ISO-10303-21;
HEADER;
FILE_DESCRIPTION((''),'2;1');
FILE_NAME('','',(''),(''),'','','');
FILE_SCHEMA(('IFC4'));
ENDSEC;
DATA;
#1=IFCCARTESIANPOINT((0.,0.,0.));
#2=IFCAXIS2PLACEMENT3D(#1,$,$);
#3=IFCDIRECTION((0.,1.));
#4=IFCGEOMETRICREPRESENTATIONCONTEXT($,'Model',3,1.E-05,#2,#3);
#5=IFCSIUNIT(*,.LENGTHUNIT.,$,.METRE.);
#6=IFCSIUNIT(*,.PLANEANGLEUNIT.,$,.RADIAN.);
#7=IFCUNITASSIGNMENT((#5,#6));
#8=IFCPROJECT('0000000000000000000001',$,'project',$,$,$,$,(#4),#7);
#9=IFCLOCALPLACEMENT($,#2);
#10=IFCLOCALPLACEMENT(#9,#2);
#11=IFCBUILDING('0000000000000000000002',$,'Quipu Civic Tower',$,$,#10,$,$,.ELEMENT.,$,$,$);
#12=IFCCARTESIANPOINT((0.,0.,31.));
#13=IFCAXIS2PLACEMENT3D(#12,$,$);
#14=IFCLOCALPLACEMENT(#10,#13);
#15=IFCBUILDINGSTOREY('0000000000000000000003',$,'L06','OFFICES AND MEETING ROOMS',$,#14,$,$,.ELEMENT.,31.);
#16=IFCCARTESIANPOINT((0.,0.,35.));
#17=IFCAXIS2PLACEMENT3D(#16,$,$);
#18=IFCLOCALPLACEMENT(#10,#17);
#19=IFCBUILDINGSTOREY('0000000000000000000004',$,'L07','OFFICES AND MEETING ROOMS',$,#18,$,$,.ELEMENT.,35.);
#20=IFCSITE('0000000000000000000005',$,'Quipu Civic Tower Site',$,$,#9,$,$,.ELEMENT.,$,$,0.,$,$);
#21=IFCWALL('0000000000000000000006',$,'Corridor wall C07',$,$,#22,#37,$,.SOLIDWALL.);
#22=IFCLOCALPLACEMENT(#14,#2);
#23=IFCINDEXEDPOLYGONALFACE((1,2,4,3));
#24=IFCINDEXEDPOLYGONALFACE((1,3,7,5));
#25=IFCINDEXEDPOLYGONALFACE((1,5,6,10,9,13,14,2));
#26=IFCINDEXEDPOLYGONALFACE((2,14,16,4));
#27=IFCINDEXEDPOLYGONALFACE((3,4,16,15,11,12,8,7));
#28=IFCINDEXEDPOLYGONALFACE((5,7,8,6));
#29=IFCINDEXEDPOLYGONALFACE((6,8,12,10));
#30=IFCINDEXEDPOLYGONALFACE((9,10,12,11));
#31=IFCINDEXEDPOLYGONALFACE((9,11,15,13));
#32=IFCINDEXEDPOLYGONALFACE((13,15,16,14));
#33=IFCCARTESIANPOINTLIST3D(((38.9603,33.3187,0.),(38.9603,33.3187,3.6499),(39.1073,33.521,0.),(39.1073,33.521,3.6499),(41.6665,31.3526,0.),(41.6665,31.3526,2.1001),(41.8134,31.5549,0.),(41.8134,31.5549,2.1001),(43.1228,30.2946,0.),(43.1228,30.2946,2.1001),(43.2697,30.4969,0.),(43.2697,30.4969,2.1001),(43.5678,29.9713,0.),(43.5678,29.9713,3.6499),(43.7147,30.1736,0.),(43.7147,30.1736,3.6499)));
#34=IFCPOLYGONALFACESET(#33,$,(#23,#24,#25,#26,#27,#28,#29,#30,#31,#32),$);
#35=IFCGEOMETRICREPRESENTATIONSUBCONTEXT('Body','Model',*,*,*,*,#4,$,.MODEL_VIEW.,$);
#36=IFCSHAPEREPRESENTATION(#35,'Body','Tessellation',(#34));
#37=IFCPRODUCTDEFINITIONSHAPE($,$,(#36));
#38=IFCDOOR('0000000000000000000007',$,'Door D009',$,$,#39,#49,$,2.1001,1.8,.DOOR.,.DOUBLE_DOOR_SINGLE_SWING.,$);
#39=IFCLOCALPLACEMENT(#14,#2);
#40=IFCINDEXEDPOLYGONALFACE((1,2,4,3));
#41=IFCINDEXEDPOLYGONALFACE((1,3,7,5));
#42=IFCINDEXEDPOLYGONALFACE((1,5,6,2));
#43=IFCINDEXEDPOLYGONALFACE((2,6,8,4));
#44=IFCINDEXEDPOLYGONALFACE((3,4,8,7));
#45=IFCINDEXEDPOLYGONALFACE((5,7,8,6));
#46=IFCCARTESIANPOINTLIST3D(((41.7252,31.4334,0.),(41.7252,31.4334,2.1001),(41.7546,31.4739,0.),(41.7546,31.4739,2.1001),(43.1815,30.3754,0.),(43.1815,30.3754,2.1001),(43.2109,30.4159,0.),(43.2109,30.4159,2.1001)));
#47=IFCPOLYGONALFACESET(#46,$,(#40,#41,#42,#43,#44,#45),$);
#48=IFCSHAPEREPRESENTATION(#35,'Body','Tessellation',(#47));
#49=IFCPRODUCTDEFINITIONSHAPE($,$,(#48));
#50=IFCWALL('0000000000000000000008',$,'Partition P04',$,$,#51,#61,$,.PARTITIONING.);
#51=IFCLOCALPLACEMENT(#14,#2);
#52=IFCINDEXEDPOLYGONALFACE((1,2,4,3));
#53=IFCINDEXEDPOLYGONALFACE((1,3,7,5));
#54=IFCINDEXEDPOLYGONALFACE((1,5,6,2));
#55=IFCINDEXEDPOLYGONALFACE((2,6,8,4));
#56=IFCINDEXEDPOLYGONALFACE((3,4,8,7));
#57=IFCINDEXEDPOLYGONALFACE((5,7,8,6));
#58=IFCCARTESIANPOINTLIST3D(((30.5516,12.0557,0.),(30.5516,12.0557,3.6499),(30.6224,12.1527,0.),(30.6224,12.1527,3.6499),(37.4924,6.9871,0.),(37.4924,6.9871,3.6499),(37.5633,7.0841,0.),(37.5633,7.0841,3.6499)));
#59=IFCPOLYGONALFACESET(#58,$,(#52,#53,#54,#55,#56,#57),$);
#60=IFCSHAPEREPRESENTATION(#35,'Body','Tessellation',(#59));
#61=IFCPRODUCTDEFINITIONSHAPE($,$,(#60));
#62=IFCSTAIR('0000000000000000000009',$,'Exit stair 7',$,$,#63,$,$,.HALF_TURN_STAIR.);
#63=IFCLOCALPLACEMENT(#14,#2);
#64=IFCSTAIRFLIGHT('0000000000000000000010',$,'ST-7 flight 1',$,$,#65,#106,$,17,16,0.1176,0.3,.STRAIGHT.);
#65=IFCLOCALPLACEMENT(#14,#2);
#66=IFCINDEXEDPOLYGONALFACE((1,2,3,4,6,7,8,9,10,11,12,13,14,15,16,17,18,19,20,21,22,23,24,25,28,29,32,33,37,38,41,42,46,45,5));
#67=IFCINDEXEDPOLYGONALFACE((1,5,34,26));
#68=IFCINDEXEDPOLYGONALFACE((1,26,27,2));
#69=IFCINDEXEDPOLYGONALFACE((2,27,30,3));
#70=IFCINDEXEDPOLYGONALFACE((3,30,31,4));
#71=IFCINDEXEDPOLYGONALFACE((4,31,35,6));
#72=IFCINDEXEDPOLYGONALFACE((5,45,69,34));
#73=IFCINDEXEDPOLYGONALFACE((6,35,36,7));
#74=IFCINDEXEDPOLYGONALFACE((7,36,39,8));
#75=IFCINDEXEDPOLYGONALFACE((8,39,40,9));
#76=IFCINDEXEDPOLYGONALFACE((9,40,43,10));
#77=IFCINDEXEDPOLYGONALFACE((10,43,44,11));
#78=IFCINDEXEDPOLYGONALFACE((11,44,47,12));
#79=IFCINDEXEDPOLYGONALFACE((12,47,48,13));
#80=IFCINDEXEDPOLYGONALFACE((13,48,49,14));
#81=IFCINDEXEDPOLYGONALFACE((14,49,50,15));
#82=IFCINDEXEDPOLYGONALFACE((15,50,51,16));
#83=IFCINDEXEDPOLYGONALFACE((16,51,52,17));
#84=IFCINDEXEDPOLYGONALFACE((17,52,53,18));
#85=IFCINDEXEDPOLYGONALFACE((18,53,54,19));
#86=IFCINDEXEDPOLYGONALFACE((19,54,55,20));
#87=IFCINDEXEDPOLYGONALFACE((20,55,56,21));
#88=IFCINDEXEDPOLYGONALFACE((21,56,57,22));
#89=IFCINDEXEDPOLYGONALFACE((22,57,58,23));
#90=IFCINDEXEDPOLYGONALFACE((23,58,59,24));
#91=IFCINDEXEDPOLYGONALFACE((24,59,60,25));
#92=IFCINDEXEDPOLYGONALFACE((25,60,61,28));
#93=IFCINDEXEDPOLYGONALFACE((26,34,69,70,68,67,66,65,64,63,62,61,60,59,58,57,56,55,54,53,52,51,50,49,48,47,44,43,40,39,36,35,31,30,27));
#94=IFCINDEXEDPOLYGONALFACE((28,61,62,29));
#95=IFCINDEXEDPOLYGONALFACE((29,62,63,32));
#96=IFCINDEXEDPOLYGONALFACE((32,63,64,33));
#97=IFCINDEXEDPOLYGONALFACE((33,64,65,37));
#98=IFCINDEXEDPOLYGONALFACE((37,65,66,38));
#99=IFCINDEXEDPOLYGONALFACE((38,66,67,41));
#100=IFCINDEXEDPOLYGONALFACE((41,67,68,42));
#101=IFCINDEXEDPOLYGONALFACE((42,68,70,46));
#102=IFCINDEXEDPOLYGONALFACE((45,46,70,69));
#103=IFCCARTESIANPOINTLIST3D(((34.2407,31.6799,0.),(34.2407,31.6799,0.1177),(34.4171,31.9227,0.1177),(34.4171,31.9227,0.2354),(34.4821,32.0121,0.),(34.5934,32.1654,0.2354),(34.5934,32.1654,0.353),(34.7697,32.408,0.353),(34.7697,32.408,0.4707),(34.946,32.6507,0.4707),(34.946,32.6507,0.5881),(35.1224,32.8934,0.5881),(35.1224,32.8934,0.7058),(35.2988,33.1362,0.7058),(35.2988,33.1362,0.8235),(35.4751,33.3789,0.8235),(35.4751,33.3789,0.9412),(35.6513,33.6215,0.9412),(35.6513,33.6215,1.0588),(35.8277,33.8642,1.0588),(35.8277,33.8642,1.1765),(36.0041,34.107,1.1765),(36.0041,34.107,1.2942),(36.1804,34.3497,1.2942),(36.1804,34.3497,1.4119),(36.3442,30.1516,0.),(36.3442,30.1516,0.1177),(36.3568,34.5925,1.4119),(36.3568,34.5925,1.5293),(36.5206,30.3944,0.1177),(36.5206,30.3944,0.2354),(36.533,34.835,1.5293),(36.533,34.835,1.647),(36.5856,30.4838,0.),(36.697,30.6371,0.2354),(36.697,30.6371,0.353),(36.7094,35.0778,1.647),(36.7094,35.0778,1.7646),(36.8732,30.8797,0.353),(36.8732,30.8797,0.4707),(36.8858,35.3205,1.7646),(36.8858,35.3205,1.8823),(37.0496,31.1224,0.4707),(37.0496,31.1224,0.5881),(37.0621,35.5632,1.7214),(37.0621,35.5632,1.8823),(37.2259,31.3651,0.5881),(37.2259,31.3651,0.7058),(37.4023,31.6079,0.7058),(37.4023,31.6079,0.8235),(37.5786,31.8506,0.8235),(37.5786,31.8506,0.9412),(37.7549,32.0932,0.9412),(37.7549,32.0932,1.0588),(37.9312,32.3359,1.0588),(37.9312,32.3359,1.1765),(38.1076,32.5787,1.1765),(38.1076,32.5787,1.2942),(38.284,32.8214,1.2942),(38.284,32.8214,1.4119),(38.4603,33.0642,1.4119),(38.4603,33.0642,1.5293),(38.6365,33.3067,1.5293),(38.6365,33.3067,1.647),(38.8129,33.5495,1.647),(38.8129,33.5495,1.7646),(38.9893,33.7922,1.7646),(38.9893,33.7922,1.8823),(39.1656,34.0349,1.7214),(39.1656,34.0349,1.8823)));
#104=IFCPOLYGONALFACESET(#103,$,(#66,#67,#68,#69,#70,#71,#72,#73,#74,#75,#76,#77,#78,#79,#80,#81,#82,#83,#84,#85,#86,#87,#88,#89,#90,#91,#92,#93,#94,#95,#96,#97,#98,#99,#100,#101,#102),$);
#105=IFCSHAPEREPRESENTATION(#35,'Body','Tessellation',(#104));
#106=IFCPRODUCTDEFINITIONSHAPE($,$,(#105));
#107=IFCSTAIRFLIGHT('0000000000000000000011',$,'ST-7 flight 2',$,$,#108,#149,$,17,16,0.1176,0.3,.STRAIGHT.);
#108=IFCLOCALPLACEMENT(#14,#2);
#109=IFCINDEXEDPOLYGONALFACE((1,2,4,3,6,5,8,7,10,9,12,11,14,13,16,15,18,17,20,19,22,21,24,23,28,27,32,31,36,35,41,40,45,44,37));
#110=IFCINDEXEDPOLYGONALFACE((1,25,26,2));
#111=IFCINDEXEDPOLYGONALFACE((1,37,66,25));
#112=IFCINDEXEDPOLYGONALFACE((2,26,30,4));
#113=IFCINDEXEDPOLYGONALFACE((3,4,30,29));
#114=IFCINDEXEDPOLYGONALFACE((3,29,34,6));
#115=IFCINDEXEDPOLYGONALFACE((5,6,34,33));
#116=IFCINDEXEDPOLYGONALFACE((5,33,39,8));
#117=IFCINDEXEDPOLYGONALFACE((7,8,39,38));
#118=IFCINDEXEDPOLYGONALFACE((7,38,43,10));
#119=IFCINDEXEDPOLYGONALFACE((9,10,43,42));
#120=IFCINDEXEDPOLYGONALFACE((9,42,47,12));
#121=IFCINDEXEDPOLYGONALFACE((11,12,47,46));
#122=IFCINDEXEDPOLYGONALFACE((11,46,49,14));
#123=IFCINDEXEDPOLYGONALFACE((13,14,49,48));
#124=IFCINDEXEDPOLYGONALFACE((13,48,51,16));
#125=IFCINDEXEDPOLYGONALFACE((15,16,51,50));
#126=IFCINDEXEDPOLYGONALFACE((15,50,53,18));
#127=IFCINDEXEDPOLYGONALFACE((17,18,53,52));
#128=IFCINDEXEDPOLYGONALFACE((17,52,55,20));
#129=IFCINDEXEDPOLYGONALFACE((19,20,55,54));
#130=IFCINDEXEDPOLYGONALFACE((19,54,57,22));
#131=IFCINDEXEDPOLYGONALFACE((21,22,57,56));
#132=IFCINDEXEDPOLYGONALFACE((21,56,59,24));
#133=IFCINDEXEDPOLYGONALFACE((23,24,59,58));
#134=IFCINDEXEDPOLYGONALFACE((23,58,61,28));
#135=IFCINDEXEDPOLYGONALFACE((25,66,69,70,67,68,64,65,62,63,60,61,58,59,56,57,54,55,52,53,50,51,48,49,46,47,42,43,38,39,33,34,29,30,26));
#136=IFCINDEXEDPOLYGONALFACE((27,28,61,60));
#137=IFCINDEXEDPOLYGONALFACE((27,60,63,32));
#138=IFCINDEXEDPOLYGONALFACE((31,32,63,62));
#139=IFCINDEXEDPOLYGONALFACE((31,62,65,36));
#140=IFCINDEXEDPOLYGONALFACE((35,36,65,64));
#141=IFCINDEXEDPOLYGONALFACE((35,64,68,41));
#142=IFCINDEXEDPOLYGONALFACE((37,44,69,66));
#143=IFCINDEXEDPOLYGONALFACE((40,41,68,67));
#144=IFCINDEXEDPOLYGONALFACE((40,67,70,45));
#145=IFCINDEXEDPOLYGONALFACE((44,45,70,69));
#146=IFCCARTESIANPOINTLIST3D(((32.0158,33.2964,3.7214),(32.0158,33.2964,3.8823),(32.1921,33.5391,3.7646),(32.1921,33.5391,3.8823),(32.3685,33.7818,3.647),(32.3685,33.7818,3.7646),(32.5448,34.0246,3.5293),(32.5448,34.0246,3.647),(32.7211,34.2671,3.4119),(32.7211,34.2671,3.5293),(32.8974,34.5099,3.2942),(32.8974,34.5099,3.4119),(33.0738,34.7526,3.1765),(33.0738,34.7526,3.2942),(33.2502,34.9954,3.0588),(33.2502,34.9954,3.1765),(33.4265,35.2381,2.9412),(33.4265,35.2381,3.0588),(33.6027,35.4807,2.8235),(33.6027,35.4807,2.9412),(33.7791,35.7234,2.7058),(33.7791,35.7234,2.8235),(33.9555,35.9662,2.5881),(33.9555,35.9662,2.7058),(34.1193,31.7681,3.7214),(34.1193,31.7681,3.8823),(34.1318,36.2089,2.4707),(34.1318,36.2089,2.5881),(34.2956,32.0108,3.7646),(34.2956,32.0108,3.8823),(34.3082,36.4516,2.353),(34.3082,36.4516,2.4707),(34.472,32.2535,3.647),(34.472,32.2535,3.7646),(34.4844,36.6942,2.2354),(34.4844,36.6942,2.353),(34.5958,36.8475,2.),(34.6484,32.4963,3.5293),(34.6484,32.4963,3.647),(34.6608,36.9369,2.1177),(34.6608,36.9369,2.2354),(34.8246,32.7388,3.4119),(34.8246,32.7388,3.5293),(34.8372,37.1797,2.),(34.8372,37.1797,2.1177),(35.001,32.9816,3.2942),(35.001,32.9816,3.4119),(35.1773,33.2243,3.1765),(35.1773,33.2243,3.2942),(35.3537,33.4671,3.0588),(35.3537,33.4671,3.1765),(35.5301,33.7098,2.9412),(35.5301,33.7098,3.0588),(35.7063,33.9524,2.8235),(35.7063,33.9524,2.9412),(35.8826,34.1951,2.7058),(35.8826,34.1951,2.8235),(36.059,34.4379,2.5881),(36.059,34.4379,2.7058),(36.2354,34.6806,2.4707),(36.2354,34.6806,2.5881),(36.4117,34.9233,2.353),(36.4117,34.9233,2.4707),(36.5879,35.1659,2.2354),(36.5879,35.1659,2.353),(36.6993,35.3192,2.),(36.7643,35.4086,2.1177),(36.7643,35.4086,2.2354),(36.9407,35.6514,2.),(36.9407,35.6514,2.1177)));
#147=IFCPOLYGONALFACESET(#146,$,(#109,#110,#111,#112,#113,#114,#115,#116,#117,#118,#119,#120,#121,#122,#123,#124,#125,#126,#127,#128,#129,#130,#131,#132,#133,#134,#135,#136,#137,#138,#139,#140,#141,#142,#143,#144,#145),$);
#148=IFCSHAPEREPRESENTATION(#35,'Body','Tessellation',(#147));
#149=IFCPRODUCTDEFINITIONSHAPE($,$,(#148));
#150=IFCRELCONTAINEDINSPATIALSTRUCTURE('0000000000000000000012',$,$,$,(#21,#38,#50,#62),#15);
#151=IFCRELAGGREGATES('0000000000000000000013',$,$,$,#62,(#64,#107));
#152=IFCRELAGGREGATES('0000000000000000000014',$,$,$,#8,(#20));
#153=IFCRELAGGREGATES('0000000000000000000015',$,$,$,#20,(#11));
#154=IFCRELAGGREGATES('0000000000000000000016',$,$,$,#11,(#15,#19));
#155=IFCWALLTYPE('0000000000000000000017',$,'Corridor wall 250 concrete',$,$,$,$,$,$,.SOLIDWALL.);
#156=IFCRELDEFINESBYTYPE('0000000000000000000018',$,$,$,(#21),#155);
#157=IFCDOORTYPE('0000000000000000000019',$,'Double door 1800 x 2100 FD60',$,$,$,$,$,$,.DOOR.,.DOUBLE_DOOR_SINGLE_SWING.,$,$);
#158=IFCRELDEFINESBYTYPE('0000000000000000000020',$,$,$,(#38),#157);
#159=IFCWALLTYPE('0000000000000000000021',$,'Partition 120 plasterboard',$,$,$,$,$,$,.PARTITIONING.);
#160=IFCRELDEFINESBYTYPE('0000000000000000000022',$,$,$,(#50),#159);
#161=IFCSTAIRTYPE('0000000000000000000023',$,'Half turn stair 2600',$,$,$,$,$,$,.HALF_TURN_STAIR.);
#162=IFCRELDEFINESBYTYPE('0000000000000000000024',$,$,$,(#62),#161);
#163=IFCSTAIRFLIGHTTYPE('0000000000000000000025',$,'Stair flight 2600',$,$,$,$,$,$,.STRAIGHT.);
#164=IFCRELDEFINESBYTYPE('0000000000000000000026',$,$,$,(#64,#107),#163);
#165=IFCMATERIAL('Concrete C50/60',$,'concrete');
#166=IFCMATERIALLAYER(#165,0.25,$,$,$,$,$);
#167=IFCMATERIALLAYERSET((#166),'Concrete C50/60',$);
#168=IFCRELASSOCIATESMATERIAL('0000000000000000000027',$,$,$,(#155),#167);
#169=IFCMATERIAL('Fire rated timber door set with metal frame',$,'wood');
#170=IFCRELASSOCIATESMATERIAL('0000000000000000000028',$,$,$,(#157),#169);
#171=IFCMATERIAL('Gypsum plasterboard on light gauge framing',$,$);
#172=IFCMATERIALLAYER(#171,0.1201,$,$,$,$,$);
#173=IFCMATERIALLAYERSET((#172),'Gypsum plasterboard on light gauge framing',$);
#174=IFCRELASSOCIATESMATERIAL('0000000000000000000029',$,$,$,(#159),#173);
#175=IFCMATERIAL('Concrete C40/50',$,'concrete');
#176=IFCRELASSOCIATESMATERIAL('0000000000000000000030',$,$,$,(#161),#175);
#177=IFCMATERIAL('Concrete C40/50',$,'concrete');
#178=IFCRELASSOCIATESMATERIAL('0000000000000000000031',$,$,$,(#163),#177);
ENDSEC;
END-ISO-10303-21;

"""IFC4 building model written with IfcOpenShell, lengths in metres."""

from ifc_helpers import new_model, si_unit, direction, frame, frame_2d, origin, place, context, subcontext, project, spatial, polyline, rectangle, outline, extrude, material, layer, layer_set, type_object, element, fill, aggregate, save


model = new_model("IFC4")

# Units and contexts
model_context = context("Model", 3, precision=1e-05, world=origin(), true_north=direction((0.0, 1.0)))
body_context = subcontext(model_context, "Body", "Model", "MODEL_VIEW")
ifc_project = project(units=[si_unit("LENGTHUNIT", "METRE"), si_unit("PLANEANGLEUNIT", "RADIAN")], contexts=[model_context])

# Site, building, storey
site_placement = place(None, origin())
site = spatial("IfcSite", under=ifc_project, at=site_placement, Name="Quipu Civic Tower Site", CompositionType="ELEMENT", RefElevation=0.0)
building_placement = place(site_placement, origin())
building = spatial("IfcBuilding", under=site, at=building_placement, Name="Quipu Civic Tower", CompositionType="ELEMENT")
storey_1_placement = place(building_placement, frame((0.0, 0.0, 31.0)))
storey_1 = spatial("IfcBuildingStorey", under=building, at=storey_1_placement, Name="L06", Description="OFFICES AND MEETING ROOMS", CompositionType="ELEMENT", Elevation=31.0)

# Shared definitions
storey_2_placement = place(building_placement, frame((0.0, 0.0, 35.0)))
storey_2 = spatial("IfcBuildingStorey", under=building, at=storey_2_placement, Name="L07", Description="OFFICES AND MEETING ROOMS", CompositionType="ELEMENT", Elevation=35.0)

# Wall, opening, door
ifc_material_1 = material(Name="Concrete C50/60", Category="concrete")
ifc_layer_1 = layer(ifc_material_1, 0.25)
ifc_layer_set_1 = layer_set([ifc_layer_1], Name="Concrete C50/60")
wall_type_1 = type_object("IfcWallType", Name="Corridor wall 250 concrete", PredefinedType="SOLIDWALL", material=ifc_layer_set_1)
wall_1_placement = place(storey_1_placement, frame((39.0337, 33.4199, 0.0), z_axis=(0.0, 0.0, 1.0), x_axis=(0.809023, -0.587777, 0.0)))
wall_1 = element("IfcWall", 1, at=wall_1_placement, inside=storey_1, type_object=wall_type_1, Name="Corridor wall C07", PredefinedType="SOLIDWALL", context=body_context, shape_type="SweptSolid", body=[
    extrude(rectangle(XDim=5.6951, YDim=0.25, at=frame_2d((2.8477, 0.0))), origin(), (0.0, 0.0, 1.0), 3.6499),
])
opening_1_placement = place(wall_1_placement, frame((3.3452, 0.0, 0.0)))
opening_1 = element("IfcOpeningElement", 2, at=opening_1_placement, cuts=wall_1, PredefinedType="OPENING", context=body_context, shape_type="SweptSolid", body=[
    extrude(rectangle(XDim=1.8, YDim=2.1001, at=frame_2d((0.8999, 1.05))), frame((0.0, 0.135, 0.0), z_axis=(0.0, -1.0, 0.0), x_axis=(1.0, 0.0, 0.0)), (0.0, 0.0, 1.0), 0.27),
])
ifc_material_2 = material(Name="Fire rated timber door set with metal frame", Category="wood")
door_type_1 = type_object("IfcDoorType", Name="Double door 1800 x 2100 FD60", OperationType="DOUBLE_DOOR_SINGLE_SWING", PredefinedType="DOOR", material=ifc_material_2)
door_1_placement = place(opening_1_placement, origin())
door_1 = element("IfcDoor", 3, at=door_1_placement, inside=storey_1, type_object=door_type_1, Name="Door D009", OperationType="DOUBLE_DOOR_SINGLE_SWING", OverallHeight=2.1001, OverallWidth=1.8, PredefinedType="DOOR", context=body_context, shape_type="SweptSolid", body=[
    extrude(rectangle(XDim=1.8, YDim=2.1001, at=frame_2d((0.8999, 1.05))), frame((0.0, 0.0249, 0.0), z_axis=(0.0, -1.0, 0.0), x_axis=(1.0, 0.0, 0.0)), (0.0, 0.0, 1.0), 0.05),
])
fill(opening_1, door_1)

# Wall
ifc_material_3 = material(Name="Gypsum plasterboard on light gauge framing")
ifc_layer_2 = layer(ifc_material_3, 0.1201)
ifc_layer_set_2 = layer_set([ifc_layer_2], Name="Gypsum plasterboard on light gauge framing")
wall_type_2 = type_object("IfcWallType", Name="Partition 120 plasterboard", PredefinedType="PARTITIONING", material=ifc_layer_set_2)
wall_2_placement = place(storey_1_placement, frame((30.5869, 12.1042, 0.0), z_axis=(0.0, 0.0, 1.0), x_axis=(0.807591, -0.589743, 0.0)))
element("IfcWall", 4, at=wall_2_placement, inside=storey_1, type_object=wall_type_2, Name="Partition P04", PredefinedType="PARTITIONING", context=body_context, shape_type="SweptSolid", body=[
    extrude(rectangle(XDim=8.5945, YDim=0.1201, at=frame_2d((4.2974, 0.0))), origin(), (0.0, 0.0, 1.0), 3.6499),
])

# Stair, stair flights
ifc_material_4 = material(Name="Concrete C40/50", Category="concrete")
stair_type = type_object("IfcStairType", Name="Half turn stair 2600", PredefinedType="HALF_TURN_STAIR", material=ifc_material_4)
stair_placement = place(storey_1_placement, origin())
stair = element("IfcStair", 5, at=stair_placement, inside=storey_1, type_object=stair_type, Name="Exit stair 7", PredefinedType="HALF_TURN_STAIR")
ifc_material_5 = material(Name="Concrete C40/50", Category="concrete")
stair_flight_type = type_object("IfcStairFlightType", Name="Stair flight 2600", PredefinedType="STRAIGHT", material=ifc_material_5)
stair_flight_1_placement = place(storey_1_placement, frame((35.2925, 30.9158, 0.0), z_axis=(0.0, 0.0, 1.0), x_axis=(0.587785, 0.809017, 0.0)))
stair_flight_1 = element("IfcStairFlight", 6, at=stair_flight_1_placement, type_object=stair_flight_type, Name="ST-7 flight 1", NumberOfRisers=17, NumberOfTreads=16, PredefinedType="STRAIGHT", RiserHeight=0.1176, TreadLength=0.3, context=body_context, shape_type="SweptSolid", body=[
    extrude(outline(polyline([(0.0, 0.0), (0.0, 0.1177), (0.3, 0.1177), (0.3, 0.2354), (0.6001, 0.2354), (0.6001, 0.353), (0.8999, 0.353), (0.8999, 0.4707), (1.2, 0.4707), (1.2, 0.5881), (1.5, 0.5881), (1.5, 0.7058), (1.8, 0.7058), (1.8, 0.8235), (2.1001, 0.8235), (2.1001, 0.9412), (2.3999, 0.9412), (2.3999, 1.0588), (2.7, 1.0588), (2.7, 1.1765), (3.0, 1.1765), (3.0, 1.2942), (3.3, 1.2942), (3.3, 1.4119), (3.6001, 1.4119), (3.6001, 1.5293), (3.8999, 1.5293), (3.8999, 1.647), (4.2, 1.647), (4.2, 1.7646), (4.5, 1.7646), (4.5, 1.8823), (4.8, 1.8823), (4.8, 2.0), (4.8, 1.7214), (0.4106, 0.0), (0.0, 0.0)])), frame((0.0, 1.3, 0.0), z_axis=(0.0, -1.0, 0.0), x_axis=(1.0, 0.0, 0.0)), (0.0, 0.0, 1.0), 2.6001),
])
stair_flight_2_placement = place(storey_1_placement, frame((35.8889, 36.4155, 2.0), z_axis=(0.0, 0.0, 1.0), x_axis=(-0.587785, -0.809017, 0.0)))
stair_flight_2 = element("IfcStairFlight", 7, at=stair_flight_2_placement, type_object=stair_flight_type, Name="ST-7 flight 2", NumberOfRisers=17, NumberOfTreads=16, PredefinedType="STRAIGHT", RiserHeight=0.1176, TreadLength=0.3, context=body_context, shape_type="SweptSolid", body=[
    extrude(outline(polyline([(0.0, 0.0), (0.0, 0.1177), (0.3, 0.1177), (0.3, 0.2354), (0.6001, 0.2354), (0.6001, 0.353), (0.8999, 0.353), (0.8999, 0.4707), (1.2, 0.4707), (1.2, 0.5881), (1.5, 0.5881), (1.5, 0.7058), (1.8, 0.7058), (1.8, 0.8235), (2.1001, 0.8235), (2.1001, 0.9412), (2.3999, 0.9412), (2.3999, 1.0588), (2.7, 1.0588), (2.7, 1.1765), (3.0, 1.1765), (3.0, 1.2942), (3.3, 1.2942), (3.3, 1.4119), (3.6001, 1.4119), (3.6001, 1.5293), (3.8999, 1.5293), (3.8999, 1.647), (4.2, 1.647), (4.2, 1.7646), (4.5, 1.7646), (4.5, 1.8823), (4.8, 1.8823), (4.8, 2.0), (4.8, 1.7214), (0.4106, 0.0), (0.0, 0.0)])), frame((0.0, 1.3, 0.0), z_axis=(0.0, -1.0, 0.0), x_axis=(1.0, 0.0, 0.0)), (0.0, 0.0, 1.0), 2.6001),
])
aggregate(stair, [stair_flight_1, stair_flight_2])

save(model, "model.ifc")
